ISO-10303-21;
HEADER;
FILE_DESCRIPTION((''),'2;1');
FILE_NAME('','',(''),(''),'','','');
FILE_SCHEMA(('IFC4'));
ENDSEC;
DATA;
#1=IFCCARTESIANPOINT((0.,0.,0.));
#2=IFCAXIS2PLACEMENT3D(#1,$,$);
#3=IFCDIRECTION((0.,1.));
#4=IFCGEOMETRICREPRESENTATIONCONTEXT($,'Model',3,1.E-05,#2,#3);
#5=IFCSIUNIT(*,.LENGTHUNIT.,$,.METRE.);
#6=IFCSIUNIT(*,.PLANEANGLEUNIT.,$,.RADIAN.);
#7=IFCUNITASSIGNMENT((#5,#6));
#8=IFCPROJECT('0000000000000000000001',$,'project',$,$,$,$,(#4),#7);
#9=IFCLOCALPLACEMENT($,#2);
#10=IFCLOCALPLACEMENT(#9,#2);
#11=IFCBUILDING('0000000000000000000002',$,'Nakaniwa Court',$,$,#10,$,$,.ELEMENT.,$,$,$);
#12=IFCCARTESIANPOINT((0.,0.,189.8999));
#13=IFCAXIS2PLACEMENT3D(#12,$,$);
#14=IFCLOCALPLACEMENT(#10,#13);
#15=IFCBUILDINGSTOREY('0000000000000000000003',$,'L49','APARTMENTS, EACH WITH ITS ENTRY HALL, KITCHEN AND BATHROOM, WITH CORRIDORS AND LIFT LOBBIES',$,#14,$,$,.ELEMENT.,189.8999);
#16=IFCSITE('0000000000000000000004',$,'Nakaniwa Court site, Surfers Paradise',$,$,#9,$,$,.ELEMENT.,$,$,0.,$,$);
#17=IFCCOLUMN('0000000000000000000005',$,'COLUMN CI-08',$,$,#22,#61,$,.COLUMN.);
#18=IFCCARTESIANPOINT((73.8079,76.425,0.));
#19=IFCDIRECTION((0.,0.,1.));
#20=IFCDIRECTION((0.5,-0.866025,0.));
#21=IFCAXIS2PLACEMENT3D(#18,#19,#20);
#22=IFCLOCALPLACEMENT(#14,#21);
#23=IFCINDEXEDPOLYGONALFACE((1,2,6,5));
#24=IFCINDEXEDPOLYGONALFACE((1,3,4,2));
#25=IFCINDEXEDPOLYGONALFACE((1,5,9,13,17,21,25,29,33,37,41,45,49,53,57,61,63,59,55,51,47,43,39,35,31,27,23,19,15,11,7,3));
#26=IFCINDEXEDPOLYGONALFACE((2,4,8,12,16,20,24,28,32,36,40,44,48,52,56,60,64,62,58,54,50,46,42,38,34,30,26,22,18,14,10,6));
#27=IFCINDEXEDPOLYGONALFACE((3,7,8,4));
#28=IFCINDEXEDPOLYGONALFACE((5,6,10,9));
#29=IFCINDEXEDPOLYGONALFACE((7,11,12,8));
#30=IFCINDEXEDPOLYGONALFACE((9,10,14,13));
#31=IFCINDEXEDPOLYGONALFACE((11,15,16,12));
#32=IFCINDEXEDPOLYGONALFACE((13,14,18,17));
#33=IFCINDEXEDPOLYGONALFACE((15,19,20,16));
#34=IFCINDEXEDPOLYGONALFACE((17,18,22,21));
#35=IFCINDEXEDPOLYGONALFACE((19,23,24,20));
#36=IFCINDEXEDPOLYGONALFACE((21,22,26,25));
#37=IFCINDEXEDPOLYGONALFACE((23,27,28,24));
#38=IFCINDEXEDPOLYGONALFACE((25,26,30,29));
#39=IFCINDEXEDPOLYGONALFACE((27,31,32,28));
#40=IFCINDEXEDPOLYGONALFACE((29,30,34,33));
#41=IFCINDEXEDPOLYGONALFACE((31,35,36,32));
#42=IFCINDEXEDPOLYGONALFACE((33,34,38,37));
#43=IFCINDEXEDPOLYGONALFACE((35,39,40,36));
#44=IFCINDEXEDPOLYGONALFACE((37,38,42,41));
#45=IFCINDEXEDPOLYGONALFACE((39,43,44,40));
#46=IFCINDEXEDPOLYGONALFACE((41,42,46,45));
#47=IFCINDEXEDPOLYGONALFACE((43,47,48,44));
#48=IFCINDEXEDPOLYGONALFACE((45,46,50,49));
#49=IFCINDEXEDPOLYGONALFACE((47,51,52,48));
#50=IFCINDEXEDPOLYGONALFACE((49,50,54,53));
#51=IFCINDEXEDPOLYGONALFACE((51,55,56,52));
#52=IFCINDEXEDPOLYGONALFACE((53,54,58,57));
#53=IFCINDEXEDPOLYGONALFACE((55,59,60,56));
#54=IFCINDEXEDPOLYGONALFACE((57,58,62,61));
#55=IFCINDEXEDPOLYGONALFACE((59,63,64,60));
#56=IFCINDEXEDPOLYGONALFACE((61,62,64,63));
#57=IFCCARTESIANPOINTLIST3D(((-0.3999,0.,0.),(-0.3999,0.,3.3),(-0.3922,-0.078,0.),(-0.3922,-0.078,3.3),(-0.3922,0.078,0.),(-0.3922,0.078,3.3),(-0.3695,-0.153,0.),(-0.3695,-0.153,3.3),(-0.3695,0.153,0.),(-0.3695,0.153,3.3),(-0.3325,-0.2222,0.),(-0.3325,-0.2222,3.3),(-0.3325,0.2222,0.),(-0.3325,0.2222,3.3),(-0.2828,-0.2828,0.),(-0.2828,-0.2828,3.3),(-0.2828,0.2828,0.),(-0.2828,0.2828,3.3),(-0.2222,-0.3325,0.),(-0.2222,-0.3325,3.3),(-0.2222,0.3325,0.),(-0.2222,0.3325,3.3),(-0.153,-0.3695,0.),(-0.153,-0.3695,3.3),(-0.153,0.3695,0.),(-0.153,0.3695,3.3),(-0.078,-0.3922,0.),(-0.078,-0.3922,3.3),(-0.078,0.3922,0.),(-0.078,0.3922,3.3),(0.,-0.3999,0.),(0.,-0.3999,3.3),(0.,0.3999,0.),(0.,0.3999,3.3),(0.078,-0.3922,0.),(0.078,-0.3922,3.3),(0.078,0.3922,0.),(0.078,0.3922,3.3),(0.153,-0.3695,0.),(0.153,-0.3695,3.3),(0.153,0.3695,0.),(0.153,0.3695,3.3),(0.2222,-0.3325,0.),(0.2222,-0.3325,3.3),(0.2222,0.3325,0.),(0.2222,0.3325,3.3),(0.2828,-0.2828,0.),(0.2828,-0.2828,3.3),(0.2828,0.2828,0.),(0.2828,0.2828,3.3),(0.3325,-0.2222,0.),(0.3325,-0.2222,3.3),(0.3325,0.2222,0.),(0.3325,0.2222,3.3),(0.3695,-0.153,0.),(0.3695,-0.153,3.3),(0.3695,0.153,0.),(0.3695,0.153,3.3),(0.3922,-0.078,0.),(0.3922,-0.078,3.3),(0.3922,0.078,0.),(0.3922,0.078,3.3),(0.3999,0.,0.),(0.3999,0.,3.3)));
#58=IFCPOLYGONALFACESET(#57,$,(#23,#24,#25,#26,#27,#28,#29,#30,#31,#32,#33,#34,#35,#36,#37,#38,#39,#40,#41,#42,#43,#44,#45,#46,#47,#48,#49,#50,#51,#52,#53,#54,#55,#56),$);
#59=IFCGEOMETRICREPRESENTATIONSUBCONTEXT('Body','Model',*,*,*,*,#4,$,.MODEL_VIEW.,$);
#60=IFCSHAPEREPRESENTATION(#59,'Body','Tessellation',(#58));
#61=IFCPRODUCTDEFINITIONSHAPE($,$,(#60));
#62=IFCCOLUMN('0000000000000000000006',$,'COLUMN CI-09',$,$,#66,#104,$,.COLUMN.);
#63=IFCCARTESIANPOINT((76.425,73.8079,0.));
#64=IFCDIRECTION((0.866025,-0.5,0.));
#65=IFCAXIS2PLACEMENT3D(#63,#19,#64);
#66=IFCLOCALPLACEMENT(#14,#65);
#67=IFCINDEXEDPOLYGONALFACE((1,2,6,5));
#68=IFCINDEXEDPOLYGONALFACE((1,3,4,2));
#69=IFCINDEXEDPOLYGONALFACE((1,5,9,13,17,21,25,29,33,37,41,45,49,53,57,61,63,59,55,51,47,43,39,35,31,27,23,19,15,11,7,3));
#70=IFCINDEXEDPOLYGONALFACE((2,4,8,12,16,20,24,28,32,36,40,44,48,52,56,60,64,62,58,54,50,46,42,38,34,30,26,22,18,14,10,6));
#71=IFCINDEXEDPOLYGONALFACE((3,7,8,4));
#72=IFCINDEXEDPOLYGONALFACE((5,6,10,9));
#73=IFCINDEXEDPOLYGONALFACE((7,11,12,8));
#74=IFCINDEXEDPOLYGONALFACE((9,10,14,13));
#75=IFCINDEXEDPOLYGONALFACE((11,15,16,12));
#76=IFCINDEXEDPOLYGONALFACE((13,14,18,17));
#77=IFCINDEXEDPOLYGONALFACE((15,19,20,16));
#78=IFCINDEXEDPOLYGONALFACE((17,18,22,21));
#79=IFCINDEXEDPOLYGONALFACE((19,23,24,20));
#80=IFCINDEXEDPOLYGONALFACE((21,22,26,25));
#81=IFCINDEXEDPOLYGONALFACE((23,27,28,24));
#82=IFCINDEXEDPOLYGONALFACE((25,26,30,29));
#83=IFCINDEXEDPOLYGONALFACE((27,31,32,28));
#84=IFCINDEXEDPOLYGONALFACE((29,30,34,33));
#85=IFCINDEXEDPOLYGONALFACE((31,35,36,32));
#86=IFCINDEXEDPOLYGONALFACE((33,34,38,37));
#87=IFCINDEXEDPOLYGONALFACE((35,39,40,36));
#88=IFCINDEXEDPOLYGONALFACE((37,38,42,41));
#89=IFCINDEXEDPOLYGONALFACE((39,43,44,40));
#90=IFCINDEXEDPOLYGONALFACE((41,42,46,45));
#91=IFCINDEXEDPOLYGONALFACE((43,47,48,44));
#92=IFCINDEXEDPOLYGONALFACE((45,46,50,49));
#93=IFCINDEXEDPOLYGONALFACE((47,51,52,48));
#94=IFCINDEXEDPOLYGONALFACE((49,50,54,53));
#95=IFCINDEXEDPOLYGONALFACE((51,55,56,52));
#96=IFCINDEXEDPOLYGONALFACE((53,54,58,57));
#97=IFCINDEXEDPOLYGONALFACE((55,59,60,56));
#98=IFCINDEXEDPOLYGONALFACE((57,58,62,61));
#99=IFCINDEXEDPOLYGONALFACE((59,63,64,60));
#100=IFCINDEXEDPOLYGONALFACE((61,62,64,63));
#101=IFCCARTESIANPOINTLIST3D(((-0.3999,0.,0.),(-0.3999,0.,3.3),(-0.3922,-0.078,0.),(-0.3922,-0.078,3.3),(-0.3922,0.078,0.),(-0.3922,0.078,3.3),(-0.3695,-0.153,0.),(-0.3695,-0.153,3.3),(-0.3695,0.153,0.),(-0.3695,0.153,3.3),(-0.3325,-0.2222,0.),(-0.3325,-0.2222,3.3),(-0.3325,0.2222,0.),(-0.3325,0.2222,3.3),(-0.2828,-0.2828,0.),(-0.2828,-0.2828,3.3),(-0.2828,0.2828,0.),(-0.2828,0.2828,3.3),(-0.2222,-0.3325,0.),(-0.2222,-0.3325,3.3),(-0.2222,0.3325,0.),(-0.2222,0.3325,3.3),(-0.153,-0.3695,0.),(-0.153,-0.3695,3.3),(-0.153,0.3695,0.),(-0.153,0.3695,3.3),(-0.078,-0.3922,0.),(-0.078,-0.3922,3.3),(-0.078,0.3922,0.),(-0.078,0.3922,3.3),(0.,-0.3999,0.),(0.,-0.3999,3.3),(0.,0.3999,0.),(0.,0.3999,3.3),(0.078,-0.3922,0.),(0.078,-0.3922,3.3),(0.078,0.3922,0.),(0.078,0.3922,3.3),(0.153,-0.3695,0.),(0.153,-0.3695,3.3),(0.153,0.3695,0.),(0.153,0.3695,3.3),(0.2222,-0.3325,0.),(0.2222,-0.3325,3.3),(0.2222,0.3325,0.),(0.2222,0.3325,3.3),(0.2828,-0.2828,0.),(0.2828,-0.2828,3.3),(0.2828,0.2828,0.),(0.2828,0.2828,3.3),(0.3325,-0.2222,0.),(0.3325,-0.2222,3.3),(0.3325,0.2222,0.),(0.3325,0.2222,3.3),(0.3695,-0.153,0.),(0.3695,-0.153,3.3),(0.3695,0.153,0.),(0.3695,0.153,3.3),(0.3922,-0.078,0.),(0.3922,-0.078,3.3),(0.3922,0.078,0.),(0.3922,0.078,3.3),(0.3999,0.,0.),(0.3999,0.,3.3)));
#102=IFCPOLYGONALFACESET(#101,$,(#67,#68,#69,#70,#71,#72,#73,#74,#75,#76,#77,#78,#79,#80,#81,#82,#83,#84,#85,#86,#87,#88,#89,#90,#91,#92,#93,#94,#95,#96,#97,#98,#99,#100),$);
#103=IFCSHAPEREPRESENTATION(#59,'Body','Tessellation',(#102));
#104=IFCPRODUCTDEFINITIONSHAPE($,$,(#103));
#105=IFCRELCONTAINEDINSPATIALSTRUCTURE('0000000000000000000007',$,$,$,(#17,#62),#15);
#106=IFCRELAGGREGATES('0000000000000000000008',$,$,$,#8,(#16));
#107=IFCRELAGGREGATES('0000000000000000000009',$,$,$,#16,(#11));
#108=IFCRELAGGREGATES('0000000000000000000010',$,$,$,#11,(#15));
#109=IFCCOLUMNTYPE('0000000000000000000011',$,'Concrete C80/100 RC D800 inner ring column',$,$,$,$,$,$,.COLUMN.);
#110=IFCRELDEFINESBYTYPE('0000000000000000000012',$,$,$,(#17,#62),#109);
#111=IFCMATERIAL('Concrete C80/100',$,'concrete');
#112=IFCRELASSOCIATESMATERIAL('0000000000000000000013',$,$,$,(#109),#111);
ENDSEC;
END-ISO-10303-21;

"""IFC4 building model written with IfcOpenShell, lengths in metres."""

from ifc_helpers import new_model, si_unit, direction, frame, origin, origin_2d, place, context, subcontext, project, spatial, circle, extrude, material, material_profile, profile_set, type_object, element, save


model = new_model("IFC4")

# Units and contexts
model_context = context("Model", 3, precision=1e-05, world=origin(), true_north=direction((0.0, 1.0)))
body_context = subcontext(model_context, "Body", "Model", "MODEL_VIEW")
ifc_project = project(units=[si_unit("LENGTHUNIT", "METRE"), si_unit("PLANEANGLEUNIT", "RADIAN")], contexts=[model_context])

# Site, building, storey
site_placement = place(None, origin())
site = spatial("IfcSite", under=ifc_project, at=site_placement, Name="Nakaniwa Court site, Surfers Paradise", CompositionType="ELEMENT", RefElevation=0.0)
building_placement = place(site_placement, origin())
building = spatial("IfcBuilding", under=site, at=building_placement, Name="Nakaniwa Court", CompositionType="ELEMENT")
storey_placement = place(building_placement, frame((0.0, 0.0, 189.8999)))
storey = spatial("IfcBuildingStorey", under=building, at=storey_placement, Name="L49", Description="APARTMENTS, EACH WITH ITS ENTRY HALL, KITCHEN AND BATHROOM, WITH CORRIDORS AND LIFT LOBBIES", CompositionType="ELEMENT", Elevation=189.8999)

# Columns
ifc_material_1 = material(Name="Concrete C80/100", Category="concrete")
ifc_material_profile_1 = material_profile(ifc_material_1, circle(Radius=0.3999, at=origin_2d()), Name="Concrete C80/100 RC D800 inner ring column")
ifc_profile_set_1 = profile_set([ifc_material_profile_1], Name="Concrete C80/100")
column_type_1 = type_object("IfcColumnType", Name="Concrete C80/100 RC D800 inner ring column", PredefinedType="COLUMN", material=ifc_profile_set_1)
for number, where, z_axis, x_axis, name in (
    (1, (73.8079, 76.425, 0.0), (0.0, 0.0, 1.0), (0.5, -0.866025, 0.0), "COLUMN CI-08"),
    (2, (76.425, 73.8079, 0.0), (0.0, 0.0, 1.0), (0.866025, -0.5, 0.0), "COLUMN CI-09"),
):
    element("IfcColumn", number, at=place(storey_placement, frame(where, z_axis=z_axis, x_axis=x_axis)), inside=storey, type_object=column_type_1, Name=name, PredefinedType="COLUMN", context=body_context, shape_type="SweptSolid", body=[
        extrude(circle(Radius=0.3999, at=origin_2d()), origin(), (0.0, 0.0, 1.0), 3.3),
    ])

save(model, "model.ifc")
